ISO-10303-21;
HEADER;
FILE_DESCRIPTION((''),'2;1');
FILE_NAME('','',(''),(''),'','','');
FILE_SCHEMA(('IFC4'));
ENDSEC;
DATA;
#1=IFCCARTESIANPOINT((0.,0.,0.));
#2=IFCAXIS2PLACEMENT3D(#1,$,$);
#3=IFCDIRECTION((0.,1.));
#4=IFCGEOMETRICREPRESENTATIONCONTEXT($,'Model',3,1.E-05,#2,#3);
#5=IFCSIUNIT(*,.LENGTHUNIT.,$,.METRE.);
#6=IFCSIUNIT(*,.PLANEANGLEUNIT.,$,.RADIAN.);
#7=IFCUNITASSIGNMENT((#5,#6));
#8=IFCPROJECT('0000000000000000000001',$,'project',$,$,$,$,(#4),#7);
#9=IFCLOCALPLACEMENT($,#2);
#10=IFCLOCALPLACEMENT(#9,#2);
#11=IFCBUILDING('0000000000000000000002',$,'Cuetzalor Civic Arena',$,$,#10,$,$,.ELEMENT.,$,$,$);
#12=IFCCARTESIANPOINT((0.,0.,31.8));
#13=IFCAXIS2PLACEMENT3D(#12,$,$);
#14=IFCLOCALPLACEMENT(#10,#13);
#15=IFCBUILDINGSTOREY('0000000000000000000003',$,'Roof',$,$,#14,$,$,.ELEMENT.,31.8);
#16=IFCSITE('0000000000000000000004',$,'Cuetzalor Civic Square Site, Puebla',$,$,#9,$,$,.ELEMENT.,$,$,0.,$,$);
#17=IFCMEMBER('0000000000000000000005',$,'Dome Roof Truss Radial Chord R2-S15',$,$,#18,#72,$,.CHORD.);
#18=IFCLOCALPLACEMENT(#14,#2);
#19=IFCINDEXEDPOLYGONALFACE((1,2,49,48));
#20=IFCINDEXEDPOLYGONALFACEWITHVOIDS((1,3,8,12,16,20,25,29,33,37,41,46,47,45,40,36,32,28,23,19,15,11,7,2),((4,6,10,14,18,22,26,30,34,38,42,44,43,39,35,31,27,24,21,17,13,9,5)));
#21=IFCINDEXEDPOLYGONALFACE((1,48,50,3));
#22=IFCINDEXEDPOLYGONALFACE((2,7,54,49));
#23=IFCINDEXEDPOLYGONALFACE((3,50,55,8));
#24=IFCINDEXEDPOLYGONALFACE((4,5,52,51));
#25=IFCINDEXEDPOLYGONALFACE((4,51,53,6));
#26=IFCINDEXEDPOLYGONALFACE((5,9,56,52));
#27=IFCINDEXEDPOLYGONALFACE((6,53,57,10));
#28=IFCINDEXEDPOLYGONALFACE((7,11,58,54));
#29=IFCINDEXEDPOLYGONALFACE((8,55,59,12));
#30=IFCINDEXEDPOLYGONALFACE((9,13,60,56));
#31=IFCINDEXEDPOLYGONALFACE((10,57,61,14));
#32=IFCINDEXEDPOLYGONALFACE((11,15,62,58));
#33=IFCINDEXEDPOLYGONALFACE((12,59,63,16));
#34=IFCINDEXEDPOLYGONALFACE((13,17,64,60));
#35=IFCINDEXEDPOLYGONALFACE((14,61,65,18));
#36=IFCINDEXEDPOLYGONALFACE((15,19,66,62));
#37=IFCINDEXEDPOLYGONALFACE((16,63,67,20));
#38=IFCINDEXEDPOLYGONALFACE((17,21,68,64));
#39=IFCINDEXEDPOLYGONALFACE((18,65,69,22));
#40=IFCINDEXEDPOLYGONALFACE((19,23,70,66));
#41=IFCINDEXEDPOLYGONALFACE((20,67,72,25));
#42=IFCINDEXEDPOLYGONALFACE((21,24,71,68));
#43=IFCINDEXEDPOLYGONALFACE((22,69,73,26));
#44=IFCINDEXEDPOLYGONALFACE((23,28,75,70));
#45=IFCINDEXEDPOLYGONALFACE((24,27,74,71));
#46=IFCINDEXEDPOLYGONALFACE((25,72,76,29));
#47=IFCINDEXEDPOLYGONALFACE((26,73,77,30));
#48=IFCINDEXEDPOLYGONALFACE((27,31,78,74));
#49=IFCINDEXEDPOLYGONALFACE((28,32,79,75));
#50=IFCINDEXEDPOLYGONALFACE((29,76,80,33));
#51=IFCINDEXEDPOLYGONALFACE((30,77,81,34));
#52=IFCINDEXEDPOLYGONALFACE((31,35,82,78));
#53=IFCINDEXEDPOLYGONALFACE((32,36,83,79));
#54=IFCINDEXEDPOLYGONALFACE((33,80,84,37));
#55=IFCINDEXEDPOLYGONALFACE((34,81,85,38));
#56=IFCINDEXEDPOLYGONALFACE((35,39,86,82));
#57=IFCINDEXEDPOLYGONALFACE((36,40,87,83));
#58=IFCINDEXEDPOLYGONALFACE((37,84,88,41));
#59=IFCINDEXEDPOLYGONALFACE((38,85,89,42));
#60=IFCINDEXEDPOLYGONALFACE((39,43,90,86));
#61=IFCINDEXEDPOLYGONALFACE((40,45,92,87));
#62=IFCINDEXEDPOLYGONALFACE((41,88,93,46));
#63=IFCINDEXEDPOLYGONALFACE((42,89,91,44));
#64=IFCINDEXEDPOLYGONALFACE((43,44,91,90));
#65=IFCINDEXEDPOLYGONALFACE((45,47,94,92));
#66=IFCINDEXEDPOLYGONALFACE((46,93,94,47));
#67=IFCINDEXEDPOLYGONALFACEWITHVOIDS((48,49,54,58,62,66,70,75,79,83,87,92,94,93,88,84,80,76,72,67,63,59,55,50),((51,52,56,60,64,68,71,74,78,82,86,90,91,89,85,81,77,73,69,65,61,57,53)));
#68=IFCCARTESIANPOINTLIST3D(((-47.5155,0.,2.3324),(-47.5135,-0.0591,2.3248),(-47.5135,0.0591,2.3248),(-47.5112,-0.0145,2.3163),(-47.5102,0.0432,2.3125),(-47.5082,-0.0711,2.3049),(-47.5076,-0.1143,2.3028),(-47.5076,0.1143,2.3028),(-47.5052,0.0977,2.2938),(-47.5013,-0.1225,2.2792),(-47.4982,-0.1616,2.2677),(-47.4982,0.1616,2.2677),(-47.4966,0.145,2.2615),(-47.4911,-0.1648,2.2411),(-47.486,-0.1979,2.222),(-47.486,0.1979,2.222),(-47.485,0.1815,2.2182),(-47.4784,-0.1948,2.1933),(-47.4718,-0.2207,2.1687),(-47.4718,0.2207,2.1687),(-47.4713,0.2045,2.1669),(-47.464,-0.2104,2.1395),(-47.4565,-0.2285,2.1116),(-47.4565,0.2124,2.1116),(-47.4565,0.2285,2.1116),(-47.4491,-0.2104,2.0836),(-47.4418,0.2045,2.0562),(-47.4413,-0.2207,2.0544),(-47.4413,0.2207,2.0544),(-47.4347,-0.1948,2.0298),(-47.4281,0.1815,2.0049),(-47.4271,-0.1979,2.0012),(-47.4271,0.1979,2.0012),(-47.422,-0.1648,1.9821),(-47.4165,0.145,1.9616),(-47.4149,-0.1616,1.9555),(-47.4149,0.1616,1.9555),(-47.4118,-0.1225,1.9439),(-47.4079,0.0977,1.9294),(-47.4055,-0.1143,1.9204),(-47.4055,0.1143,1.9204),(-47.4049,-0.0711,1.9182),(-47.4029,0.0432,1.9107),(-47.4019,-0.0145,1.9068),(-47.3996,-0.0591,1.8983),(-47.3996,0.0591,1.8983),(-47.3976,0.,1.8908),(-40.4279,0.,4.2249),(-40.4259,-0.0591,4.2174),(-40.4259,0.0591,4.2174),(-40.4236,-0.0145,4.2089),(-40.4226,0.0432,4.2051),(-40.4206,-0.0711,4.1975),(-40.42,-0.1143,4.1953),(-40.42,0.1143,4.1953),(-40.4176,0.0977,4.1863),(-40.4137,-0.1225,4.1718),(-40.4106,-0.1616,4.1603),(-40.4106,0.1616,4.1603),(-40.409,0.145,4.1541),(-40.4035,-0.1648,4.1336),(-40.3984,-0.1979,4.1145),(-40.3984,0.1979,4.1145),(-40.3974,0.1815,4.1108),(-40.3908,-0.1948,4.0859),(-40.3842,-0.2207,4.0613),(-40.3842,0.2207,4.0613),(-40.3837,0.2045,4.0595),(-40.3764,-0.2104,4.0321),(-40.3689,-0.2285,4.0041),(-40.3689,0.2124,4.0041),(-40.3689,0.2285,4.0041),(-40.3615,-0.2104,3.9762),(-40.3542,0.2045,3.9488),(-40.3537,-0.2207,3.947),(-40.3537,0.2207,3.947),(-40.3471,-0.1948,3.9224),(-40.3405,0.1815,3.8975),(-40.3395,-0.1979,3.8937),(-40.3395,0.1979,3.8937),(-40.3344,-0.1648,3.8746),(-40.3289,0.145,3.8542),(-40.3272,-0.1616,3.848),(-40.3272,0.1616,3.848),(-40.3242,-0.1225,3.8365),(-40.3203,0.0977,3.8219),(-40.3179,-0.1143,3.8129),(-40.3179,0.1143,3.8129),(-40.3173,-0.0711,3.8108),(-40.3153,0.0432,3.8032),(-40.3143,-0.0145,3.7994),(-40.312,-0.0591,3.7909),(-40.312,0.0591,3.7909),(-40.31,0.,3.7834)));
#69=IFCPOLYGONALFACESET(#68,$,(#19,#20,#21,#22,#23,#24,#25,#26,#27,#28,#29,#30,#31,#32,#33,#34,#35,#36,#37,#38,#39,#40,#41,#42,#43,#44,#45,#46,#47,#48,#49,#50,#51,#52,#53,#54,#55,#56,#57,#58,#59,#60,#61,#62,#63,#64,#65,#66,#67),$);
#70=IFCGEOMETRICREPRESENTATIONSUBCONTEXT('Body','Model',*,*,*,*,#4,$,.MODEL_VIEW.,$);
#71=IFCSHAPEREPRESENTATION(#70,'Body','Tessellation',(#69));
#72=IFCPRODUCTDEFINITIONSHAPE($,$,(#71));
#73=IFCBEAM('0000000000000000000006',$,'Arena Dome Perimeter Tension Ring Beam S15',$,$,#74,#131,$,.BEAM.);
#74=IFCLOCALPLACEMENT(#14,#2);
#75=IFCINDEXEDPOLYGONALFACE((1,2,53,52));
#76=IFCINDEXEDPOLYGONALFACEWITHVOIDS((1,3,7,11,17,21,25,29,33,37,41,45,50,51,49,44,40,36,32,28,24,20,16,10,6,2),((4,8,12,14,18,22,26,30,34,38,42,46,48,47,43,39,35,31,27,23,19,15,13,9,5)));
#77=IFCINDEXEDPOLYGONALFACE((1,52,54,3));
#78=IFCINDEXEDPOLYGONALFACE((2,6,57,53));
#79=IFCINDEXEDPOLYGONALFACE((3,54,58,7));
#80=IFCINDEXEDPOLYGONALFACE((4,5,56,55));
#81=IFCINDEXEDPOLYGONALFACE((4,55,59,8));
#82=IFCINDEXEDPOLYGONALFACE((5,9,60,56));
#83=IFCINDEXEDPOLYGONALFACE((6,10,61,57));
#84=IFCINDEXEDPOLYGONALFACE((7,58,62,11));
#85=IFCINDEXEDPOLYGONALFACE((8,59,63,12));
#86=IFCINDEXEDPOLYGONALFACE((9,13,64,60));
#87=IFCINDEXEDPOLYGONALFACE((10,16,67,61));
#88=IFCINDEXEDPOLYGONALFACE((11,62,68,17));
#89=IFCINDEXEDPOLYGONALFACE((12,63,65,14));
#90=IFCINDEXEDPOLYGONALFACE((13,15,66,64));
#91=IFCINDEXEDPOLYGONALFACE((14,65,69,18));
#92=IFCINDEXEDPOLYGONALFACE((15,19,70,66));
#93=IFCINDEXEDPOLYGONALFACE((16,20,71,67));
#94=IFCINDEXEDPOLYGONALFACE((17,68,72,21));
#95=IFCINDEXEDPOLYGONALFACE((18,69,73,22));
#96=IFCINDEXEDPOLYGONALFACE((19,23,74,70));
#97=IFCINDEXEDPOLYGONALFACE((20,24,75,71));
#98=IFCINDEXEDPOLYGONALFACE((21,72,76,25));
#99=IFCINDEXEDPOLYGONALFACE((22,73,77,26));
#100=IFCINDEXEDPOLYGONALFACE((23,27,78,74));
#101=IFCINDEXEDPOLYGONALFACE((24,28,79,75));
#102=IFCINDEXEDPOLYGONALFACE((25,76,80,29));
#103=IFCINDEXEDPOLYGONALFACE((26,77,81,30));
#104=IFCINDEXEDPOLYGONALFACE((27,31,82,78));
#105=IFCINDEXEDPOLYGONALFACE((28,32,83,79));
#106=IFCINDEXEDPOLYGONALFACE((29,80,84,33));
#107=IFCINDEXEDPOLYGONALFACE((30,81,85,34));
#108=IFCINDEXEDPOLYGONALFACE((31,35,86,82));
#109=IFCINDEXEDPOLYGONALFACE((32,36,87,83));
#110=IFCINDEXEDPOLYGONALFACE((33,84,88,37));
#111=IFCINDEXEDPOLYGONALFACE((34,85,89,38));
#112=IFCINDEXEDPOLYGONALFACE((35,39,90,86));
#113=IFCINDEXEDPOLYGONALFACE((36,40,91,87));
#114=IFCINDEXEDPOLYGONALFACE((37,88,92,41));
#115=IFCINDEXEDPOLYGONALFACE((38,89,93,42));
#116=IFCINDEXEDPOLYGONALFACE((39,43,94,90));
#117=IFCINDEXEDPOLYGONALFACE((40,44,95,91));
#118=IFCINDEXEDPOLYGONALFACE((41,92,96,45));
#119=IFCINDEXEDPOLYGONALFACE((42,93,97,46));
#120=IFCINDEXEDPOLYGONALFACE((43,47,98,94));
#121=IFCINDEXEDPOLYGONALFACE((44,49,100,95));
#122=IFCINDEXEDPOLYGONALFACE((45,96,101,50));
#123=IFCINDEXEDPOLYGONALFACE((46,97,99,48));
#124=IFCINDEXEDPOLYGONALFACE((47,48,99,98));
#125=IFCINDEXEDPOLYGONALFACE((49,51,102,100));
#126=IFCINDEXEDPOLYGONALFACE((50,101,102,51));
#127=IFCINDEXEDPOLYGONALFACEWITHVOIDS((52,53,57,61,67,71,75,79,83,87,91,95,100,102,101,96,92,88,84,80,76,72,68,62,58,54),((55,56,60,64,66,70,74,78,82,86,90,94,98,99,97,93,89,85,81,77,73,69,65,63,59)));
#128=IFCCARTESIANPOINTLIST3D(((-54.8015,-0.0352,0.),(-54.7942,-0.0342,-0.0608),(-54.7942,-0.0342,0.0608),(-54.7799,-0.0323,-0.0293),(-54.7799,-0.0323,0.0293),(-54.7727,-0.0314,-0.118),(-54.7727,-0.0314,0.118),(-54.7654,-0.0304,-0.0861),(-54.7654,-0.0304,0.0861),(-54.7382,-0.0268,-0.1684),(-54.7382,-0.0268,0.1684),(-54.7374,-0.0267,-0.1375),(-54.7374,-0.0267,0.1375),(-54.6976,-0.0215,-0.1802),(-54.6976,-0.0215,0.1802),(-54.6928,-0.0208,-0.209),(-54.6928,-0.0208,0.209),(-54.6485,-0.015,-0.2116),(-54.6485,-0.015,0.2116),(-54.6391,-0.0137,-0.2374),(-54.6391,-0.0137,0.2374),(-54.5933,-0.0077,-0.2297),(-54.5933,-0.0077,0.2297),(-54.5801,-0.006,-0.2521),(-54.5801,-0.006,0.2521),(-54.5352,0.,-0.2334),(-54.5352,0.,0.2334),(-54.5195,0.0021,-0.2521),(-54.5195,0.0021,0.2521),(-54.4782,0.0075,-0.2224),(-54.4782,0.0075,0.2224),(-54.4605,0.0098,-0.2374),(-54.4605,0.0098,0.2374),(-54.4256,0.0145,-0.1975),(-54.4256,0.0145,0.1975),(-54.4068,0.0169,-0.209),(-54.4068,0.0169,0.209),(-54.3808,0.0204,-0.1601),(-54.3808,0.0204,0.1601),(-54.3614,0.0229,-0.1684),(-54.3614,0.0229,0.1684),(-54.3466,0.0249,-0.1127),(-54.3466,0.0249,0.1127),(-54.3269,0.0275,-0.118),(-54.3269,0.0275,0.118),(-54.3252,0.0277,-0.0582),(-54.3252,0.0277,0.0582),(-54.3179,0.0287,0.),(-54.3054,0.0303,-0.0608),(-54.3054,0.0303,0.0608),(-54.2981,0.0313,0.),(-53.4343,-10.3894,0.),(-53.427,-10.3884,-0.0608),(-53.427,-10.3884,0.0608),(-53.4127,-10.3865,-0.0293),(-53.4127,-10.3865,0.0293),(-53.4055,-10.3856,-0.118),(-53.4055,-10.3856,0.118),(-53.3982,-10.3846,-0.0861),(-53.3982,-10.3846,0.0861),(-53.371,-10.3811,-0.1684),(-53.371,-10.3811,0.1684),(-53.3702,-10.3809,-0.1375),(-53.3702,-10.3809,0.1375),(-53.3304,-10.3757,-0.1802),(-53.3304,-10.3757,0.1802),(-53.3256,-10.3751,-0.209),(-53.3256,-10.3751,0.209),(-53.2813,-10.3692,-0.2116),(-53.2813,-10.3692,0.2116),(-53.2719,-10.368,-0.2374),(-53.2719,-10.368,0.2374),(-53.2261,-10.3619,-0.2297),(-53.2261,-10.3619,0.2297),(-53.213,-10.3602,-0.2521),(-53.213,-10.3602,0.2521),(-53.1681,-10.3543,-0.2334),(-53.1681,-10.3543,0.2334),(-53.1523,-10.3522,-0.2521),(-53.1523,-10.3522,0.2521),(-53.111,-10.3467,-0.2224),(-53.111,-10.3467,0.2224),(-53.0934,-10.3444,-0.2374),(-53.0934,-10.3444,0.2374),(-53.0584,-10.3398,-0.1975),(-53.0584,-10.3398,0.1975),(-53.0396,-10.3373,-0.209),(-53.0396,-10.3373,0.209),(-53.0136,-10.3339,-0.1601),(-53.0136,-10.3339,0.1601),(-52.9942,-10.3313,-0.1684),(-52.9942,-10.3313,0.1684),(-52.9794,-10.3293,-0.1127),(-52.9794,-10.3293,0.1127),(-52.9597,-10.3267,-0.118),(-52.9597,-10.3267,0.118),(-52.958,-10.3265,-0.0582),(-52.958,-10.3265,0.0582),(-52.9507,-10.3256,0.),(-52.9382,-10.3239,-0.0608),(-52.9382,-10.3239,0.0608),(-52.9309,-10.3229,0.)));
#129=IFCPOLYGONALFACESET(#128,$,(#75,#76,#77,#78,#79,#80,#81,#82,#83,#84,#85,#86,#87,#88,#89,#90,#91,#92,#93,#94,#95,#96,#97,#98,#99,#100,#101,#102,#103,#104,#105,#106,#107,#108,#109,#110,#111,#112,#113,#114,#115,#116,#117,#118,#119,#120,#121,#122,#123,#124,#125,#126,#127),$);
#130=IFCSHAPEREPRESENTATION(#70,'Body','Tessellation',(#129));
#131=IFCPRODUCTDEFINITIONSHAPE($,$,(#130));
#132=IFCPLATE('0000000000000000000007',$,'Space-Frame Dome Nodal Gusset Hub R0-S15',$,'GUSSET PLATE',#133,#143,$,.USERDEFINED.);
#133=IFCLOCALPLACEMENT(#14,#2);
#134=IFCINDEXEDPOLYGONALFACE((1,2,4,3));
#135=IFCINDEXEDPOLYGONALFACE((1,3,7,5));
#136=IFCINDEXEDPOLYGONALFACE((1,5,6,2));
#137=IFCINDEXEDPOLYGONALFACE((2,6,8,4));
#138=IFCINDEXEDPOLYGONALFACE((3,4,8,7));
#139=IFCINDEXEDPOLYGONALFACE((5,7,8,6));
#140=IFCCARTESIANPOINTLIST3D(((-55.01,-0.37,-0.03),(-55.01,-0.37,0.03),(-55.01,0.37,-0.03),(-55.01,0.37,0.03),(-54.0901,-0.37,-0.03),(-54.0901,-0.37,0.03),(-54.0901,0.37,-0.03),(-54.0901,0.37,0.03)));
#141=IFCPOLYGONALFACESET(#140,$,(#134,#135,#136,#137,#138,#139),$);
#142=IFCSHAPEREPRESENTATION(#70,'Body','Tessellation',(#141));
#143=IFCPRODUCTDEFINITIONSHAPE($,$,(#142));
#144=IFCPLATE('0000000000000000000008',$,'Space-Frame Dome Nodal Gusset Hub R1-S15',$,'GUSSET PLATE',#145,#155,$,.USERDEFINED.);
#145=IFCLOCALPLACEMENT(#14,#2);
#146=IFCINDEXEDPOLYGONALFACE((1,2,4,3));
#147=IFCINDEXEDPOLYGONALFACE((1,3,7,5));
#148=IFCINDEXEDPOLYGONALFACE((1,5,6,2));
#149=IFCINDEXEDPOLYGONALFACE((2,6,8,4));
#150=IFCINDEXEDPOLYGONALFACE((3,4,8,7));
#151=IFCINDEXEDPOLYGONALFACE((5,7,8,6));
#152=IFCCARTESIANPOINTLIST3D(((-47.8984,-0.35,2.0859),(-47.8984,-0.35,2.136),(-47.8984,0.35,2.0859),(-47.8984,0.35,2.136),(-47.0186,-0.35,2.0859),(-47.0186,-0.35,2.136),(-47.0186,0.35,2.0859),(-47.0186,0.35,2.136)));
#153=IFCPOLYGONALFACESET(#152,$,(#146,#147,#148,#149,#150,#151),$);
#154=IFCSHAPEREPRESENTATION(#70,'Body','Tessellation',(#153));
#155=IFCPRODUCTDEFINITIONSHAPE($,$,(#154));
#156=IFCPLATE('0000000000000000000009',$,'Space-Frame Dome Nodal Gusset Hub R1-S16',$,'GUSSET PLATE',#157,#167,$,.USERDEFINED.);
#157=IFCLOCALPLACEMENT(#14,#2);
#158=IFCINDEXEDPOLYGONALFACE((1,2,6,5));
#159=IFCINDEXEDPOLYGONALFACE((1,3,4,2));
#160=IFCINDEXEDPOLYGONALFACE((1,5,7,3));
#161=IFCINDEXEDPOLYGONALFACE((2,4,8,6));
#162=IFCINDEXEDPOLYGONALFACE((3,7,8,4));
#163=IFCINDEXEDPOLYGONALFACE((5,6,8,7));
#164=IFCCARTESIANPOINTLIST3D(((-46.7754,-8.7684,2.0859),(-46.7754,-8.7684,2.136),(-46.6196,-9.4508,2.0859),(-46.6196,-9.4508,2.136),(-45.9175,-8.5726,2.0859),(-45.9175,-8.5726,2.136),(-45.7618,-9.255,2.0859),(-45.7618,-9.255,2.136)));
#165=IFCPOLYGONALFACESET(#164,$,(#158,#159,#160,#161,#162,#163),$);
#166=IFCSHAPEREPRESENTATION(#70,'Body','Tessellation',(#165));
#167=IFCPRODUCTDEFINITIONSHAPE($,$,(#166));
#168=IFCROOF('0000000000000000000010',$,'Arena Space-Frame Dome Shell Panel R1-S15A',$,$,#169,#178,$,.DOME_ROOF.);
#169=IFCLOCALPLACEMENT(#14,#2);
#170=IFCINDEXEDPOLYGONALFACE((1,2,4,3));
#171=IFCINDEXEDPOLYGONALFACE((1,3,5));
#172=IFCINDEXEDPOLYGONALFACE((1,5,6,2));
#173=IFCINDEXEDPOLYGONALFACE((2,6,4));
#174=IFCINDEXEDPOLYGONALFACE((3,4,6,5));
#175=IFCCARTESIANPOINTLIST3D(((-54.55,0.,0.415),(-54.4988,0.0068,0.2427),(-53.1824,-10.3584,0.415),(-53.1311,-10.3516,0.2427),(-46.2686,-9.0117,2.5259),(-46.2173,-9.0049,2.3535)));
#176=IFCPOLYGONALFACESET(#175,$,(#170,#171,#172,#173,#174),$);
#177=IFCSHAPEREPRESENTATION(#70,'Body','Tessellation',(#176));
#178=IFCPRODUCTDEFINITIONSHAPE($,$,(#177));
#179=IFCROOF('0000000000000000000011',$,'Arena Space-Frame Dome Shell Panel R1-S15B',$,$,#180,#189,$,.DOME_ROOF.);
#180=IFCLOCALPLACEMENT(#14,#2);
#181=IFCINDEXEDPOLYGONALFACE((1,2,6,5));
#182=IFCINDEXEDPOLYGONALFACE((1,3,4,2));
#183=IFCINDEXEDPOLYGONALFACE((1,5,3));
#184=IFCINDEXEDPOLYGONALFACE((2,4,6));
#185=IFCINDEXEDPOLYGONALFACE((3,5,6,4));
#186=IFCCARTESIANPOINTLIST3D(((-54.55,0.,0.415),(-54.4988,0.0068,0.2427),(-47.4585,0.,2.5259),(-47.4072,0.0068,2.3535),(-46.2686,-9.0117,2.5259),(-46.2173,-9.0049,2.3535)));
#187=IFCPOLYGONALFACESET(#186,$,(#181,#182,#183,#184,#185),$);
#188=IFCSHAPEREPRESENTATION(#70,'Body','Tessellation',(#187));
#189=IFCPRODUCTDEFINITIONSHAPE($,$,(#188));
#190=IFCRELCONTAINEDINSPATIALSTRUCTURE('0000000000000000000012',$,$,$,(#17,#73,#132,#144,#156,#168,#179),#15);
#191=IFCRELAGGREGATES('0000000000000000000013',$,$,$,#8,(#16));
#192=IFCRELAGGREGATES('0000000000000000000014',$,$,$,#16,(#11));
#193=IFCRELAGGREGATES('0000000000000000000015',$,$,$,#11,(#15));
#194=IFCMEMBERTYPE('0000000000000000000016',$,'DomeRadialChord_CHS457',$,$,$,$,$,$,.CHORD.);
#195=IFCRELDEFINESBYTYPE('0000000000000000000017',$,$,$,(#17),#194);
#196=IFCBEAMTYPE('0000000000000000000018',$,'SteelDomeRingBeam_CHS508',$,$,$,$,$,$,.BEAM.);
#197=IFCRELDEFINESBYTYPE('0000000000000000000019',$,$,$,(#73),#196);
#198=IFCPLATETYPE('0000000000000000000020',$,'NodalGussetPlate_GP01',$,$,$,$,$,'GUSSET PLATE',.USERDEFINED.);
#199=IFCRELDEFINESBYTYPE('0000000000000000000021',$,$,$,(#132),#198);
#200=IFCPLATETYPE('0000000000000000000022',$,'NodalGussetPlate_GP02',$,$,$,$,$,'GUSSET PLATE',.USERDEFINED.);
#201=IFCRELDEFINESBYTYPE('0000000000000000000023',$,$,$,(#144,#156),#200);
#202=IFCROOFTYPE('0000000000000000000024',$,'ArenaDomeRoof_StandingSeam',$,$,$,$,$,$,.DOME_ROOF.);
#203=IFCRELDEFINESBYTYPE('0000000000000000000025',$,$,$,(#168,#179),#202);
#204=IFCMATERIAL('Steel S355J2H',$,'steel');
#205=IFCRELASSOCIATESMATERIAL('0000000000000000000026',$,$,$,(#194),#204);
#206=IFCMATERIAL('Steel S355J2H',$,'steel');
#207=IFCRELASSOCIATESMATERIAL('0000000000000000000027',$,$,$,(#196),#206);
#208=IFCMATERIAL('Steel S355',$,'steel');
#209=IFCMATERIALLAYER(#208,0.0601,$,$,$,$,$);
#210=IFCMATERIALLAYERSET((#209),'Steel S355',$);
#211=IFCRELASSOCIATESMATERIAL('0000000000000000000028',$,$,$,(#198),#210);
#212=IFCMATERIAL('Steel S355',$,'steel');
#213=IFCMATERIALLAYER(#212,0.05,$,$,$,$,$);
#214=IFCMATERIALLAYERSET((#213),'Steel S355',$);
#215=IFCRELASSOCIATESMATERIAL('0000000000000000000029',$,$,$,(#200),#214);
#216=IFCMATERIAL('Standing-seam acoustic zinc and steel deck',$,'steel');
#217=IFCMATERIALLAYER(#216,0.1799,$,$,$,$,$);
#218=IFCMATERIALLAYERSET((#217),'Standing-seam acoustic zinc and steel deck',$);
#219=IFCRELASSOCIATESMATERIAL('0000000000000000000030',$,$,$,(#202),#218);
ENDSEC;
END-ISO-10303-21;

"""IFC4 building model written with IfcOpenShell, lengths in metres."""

from ifc_helpers import new_model, si_unit, direction, frame, origin, origin_2d, place, context, subcontext, project, spatial, polyline, rectangle, hollow_circle, outline, extrude, material, layer, layer_set, material_profile, profile_set, type_object, element, save


model = new_model("IFC4")

# Units and contexts
model_context = context("Model", 3, precision=1e-05, world=origin(), true_north=direction((0.0, 1.0)))
body_context = subcontext(model_context, "Body", "Model", "MODEL_VIEW")
ifc_project = project(units=[si_unit("LENGTHUNIT", "METRE"), si_unit("PLANEANGLEUNIT", "RADIAN")], contexts=[model_context])

# Site, building, storey
site_placement = place(None, origin())
site = spatial("IfcSite", under=ifc_project, at=site_placement, Name="Cuetzalor Civic Square Site, Puebla", CompositionType="ELEMENT", RefElevation=0.0)
building_placement = place(site_placement, origin())
building = spatial("IfcBuilding", under=site, at=building_placement, Name="Cuetzalor Civic Arena", CompositionType="ELEMENT")
storey_placement = place(building_placement, frame((0.0, 0.0, 31.8)))
storey = spatial("IfcBuildingStorey", under=building, at=storey_placement, Name="Roof", CompositionType="ELEMENT", Elevation=31.8)

# Member
ifc_material_1 = material(Name="Steel S355J2H", Category="steel")
ifc_material_profile_1 = material_profile(ifc_material_1, hollow_circle(Radius=0.2285, WallThickness=0.0161, at=origin_2d()), Name="CHS 457x16")
ifc_profile_set_1 = profile_set([ifc_material_profile_1], Name="Steel S355J2H")
member_type_1 = type_object("IfcMemberType", Name="DomeRadialChord_CHS457", PredefinedType="CHORD", material=ifc_profile_set_1)
member_1_placement = place(storey_placement, frame((-47.4565, 0.0, 2.1116), z_axis=(0.966149, 0.0, 0.257986), x_axis=(0.0, 1.0, 0.0)))
element("IfcMember", 1, at=member_1_placement, inside=storey, type_object=member_type_1, Name="Dome Roof Truss Radial Chord R2-S15", PredefinedType="CHORD", context=body_context, shape_type="SweptSolid", body=[
    extrude(hollow_circle(Radius=0.2285, WallThickness=0.0161, at=origin_2d()), origin(), (0.0, 0.0, 1.0), 7.3359),
])

# Beam
ifc_material_2 = material(Name="Steel S355J2H", Category="steel")
ifc_material_profile_2 = material_profile(ifc_material_2, hollow_circle(Radius=0.2539, WallThickness=0.02, at=origin_2d()), Name="CHS 508x20")
ifc_profile_set_2 = profile_set([ifc_material_profile_2], Name="Steel S355J2H")
beam_type = type_object("IfcBeamType", Name="SteelDomeRingBeam_CHS508", PredefinedType="BEAM", material=ifc_profile_set_2)
beam_placement = place(storey_placement, frame((-54.5498, -0.002, 0.0), z_axis=(0.130905, -0.991395, 0.0), x_axis=(0.991395, 0.130905, 0.0)))
element("IfcBeam", 2, at=beam_placement, inside=storey, type_object=beam_type, Name="Arena Dome Perimeter Tension Ring Beam S15", PredefinedType="BEAM", context=body_context, shape_type="SweptSolid", body=[
    extrude(hollow_circle(Radius=0.2539, WallThickness=0.02, at=origin_2d()), origin(), (0.0, 0.0, 1.0), 10.4441),
])

# Plates
ifc_material_3 = material(Name="Steel S355", Category="steel")
ifc_layer_1 = layer(ifc_material_3, 0.0601)
ifc_layer_set_1 = layer_set([ifc_layer_1], Name="Steel S355")
plate_type_1 = type_object("IfcPlateType", Name="NodalGussetPlate_GP01", ElementType="GUSSET PLATE", PredefinedType="USERDEFINED", material=ifc_layer_set_1)
plate_placement = place(storey_placement, frame((-54.55, 0.0, -0.03), z_axis=(0.0, 0.0, 1.0), x_axis=(-1.0, 0.0, 0.0)))
element("IfcPlate", 3, at=plate_placement, inside=storey, type_object=plate_type_1, Name="Space-Frame Dome Nodal Gusset Hub R0-S15", ObjectType="GUSSET PLATE", PredefinedType="USERDEFINED", context=body_context, shape_type="SweptSolid", body=[
    extrude(rectangle(XDim=0.9199, YDim=0.74, at=origin_2d()), origin(), (0.0, 0.0, 1.0), 0.0601),
])
ifc_material_4 = material(Name="Steel S355", Category="steel")
ifc_layer_2 = layer(ifc_material_4, 0.05)
ifc_layer_set_2 = layer_set([ifc_layer_2], Name="Steel S355")
plate_type_2 = type_object("IfcPlateType", Name="NodalGussetPlate_GP02", ElementType="GUSSET PLATE", PredefinedType="USERDEFINED", material=ifc_layer_set_2)
for number, where, z_axis, x_axis, name in (
    (4, (-47.4585, 0.0, 2.0859), (0.0, 0.0, 1.0), (-1.0, 0.0, 0.0), "Space-Frame Dome Nodal Gusset Hub R1-S15"),
    (5, (-46.2686, -9.0117, 2.0859), (0.0, 0.0, 1.0), (-0.974917, -0.22257, 0.0), "Space-Frame Dome Nodal Gusset Hub R1-S16"),
):
    element("IfcPlate", number, at=place(storey_placement, frame(where, z_axis=z_axis, x_axis=x_axis)), inside=storey, type_object=plate_type_2, Name=name, ObjectType="GUSSET PLATE", PredefinedType="USERDEFINED", context=body_context, shape_type="SweptSolid", body=[
        extrude(rectangle(XDim=0.8799, YDim=0.7, at=origin_2d()), origin(), (0.0, 0.0, 1.0), 0.05),
    ])

# Roofs
ifc_material_5 = material(Name="Standing-seam acoustic zinc and steel deck", Category="steel")
ifc_layer_3 = layer(ifc_material_5, 0.1799)
ifc_layer_set_3 = layer_set([ifc_layer_3], Name="Standing-seam acoustic zinc and steel deck")
roof_type_1 = type_object("IfcRoofType", Name="ArenaDomeRoof_StandingSeam", PredefinedType="DOME_ROOF", material=ifc_layer_set_3)
roof_1_placement = place(storey_placement, frame((-54.55, 0.0, 0.415), z_axis=(-0.285081, -0.037641, 0.957764), x_axis=(0.130899, -0.991396, 0.0)))
element("IfcRoof", 6, at=roof_1_placement, inside=storey, type_object=roof_type_1, Name="Arena Space-Frame Dome Shell Panel R1-S15A", PredefinedType="DOME_ROOF", context=body_context, shape_type="SweptSolid", body=[
    extrude(outline(polyline([(0.0, 0.0), (10.4483, 0.0), (10.0182, 7.3406), (0.0, 0.0)])), origin(), (0.0, 0.0, -1.0), 0.1799),
])
roof_2_placement = place(storey_placement, frame((-54.55, 0.0, 0.415), z_axis=(-0.285084, -0.037644, 0.957763), x_axis=(0.666801, -0.725597, 0.169958)))
element("IfcRoof", 7, at=roof_2_placement, inside=storey, type_object=roof_type_1, Name="Arena Space-Frame Dome Shell Panel R1-S15B", PredefinedType="DOME_ROOF", context=body_context, shape_type="SweptSolid", body=[
    extrude(outline(polyline([(0.0, 0.0), (12.4197, 0.0), (5.0874, 5.3725), (0.0, 0.0)])), origin(), (0.0, 0.0, -1.0), 0.1799),
])

save(model, "model.ifc")
